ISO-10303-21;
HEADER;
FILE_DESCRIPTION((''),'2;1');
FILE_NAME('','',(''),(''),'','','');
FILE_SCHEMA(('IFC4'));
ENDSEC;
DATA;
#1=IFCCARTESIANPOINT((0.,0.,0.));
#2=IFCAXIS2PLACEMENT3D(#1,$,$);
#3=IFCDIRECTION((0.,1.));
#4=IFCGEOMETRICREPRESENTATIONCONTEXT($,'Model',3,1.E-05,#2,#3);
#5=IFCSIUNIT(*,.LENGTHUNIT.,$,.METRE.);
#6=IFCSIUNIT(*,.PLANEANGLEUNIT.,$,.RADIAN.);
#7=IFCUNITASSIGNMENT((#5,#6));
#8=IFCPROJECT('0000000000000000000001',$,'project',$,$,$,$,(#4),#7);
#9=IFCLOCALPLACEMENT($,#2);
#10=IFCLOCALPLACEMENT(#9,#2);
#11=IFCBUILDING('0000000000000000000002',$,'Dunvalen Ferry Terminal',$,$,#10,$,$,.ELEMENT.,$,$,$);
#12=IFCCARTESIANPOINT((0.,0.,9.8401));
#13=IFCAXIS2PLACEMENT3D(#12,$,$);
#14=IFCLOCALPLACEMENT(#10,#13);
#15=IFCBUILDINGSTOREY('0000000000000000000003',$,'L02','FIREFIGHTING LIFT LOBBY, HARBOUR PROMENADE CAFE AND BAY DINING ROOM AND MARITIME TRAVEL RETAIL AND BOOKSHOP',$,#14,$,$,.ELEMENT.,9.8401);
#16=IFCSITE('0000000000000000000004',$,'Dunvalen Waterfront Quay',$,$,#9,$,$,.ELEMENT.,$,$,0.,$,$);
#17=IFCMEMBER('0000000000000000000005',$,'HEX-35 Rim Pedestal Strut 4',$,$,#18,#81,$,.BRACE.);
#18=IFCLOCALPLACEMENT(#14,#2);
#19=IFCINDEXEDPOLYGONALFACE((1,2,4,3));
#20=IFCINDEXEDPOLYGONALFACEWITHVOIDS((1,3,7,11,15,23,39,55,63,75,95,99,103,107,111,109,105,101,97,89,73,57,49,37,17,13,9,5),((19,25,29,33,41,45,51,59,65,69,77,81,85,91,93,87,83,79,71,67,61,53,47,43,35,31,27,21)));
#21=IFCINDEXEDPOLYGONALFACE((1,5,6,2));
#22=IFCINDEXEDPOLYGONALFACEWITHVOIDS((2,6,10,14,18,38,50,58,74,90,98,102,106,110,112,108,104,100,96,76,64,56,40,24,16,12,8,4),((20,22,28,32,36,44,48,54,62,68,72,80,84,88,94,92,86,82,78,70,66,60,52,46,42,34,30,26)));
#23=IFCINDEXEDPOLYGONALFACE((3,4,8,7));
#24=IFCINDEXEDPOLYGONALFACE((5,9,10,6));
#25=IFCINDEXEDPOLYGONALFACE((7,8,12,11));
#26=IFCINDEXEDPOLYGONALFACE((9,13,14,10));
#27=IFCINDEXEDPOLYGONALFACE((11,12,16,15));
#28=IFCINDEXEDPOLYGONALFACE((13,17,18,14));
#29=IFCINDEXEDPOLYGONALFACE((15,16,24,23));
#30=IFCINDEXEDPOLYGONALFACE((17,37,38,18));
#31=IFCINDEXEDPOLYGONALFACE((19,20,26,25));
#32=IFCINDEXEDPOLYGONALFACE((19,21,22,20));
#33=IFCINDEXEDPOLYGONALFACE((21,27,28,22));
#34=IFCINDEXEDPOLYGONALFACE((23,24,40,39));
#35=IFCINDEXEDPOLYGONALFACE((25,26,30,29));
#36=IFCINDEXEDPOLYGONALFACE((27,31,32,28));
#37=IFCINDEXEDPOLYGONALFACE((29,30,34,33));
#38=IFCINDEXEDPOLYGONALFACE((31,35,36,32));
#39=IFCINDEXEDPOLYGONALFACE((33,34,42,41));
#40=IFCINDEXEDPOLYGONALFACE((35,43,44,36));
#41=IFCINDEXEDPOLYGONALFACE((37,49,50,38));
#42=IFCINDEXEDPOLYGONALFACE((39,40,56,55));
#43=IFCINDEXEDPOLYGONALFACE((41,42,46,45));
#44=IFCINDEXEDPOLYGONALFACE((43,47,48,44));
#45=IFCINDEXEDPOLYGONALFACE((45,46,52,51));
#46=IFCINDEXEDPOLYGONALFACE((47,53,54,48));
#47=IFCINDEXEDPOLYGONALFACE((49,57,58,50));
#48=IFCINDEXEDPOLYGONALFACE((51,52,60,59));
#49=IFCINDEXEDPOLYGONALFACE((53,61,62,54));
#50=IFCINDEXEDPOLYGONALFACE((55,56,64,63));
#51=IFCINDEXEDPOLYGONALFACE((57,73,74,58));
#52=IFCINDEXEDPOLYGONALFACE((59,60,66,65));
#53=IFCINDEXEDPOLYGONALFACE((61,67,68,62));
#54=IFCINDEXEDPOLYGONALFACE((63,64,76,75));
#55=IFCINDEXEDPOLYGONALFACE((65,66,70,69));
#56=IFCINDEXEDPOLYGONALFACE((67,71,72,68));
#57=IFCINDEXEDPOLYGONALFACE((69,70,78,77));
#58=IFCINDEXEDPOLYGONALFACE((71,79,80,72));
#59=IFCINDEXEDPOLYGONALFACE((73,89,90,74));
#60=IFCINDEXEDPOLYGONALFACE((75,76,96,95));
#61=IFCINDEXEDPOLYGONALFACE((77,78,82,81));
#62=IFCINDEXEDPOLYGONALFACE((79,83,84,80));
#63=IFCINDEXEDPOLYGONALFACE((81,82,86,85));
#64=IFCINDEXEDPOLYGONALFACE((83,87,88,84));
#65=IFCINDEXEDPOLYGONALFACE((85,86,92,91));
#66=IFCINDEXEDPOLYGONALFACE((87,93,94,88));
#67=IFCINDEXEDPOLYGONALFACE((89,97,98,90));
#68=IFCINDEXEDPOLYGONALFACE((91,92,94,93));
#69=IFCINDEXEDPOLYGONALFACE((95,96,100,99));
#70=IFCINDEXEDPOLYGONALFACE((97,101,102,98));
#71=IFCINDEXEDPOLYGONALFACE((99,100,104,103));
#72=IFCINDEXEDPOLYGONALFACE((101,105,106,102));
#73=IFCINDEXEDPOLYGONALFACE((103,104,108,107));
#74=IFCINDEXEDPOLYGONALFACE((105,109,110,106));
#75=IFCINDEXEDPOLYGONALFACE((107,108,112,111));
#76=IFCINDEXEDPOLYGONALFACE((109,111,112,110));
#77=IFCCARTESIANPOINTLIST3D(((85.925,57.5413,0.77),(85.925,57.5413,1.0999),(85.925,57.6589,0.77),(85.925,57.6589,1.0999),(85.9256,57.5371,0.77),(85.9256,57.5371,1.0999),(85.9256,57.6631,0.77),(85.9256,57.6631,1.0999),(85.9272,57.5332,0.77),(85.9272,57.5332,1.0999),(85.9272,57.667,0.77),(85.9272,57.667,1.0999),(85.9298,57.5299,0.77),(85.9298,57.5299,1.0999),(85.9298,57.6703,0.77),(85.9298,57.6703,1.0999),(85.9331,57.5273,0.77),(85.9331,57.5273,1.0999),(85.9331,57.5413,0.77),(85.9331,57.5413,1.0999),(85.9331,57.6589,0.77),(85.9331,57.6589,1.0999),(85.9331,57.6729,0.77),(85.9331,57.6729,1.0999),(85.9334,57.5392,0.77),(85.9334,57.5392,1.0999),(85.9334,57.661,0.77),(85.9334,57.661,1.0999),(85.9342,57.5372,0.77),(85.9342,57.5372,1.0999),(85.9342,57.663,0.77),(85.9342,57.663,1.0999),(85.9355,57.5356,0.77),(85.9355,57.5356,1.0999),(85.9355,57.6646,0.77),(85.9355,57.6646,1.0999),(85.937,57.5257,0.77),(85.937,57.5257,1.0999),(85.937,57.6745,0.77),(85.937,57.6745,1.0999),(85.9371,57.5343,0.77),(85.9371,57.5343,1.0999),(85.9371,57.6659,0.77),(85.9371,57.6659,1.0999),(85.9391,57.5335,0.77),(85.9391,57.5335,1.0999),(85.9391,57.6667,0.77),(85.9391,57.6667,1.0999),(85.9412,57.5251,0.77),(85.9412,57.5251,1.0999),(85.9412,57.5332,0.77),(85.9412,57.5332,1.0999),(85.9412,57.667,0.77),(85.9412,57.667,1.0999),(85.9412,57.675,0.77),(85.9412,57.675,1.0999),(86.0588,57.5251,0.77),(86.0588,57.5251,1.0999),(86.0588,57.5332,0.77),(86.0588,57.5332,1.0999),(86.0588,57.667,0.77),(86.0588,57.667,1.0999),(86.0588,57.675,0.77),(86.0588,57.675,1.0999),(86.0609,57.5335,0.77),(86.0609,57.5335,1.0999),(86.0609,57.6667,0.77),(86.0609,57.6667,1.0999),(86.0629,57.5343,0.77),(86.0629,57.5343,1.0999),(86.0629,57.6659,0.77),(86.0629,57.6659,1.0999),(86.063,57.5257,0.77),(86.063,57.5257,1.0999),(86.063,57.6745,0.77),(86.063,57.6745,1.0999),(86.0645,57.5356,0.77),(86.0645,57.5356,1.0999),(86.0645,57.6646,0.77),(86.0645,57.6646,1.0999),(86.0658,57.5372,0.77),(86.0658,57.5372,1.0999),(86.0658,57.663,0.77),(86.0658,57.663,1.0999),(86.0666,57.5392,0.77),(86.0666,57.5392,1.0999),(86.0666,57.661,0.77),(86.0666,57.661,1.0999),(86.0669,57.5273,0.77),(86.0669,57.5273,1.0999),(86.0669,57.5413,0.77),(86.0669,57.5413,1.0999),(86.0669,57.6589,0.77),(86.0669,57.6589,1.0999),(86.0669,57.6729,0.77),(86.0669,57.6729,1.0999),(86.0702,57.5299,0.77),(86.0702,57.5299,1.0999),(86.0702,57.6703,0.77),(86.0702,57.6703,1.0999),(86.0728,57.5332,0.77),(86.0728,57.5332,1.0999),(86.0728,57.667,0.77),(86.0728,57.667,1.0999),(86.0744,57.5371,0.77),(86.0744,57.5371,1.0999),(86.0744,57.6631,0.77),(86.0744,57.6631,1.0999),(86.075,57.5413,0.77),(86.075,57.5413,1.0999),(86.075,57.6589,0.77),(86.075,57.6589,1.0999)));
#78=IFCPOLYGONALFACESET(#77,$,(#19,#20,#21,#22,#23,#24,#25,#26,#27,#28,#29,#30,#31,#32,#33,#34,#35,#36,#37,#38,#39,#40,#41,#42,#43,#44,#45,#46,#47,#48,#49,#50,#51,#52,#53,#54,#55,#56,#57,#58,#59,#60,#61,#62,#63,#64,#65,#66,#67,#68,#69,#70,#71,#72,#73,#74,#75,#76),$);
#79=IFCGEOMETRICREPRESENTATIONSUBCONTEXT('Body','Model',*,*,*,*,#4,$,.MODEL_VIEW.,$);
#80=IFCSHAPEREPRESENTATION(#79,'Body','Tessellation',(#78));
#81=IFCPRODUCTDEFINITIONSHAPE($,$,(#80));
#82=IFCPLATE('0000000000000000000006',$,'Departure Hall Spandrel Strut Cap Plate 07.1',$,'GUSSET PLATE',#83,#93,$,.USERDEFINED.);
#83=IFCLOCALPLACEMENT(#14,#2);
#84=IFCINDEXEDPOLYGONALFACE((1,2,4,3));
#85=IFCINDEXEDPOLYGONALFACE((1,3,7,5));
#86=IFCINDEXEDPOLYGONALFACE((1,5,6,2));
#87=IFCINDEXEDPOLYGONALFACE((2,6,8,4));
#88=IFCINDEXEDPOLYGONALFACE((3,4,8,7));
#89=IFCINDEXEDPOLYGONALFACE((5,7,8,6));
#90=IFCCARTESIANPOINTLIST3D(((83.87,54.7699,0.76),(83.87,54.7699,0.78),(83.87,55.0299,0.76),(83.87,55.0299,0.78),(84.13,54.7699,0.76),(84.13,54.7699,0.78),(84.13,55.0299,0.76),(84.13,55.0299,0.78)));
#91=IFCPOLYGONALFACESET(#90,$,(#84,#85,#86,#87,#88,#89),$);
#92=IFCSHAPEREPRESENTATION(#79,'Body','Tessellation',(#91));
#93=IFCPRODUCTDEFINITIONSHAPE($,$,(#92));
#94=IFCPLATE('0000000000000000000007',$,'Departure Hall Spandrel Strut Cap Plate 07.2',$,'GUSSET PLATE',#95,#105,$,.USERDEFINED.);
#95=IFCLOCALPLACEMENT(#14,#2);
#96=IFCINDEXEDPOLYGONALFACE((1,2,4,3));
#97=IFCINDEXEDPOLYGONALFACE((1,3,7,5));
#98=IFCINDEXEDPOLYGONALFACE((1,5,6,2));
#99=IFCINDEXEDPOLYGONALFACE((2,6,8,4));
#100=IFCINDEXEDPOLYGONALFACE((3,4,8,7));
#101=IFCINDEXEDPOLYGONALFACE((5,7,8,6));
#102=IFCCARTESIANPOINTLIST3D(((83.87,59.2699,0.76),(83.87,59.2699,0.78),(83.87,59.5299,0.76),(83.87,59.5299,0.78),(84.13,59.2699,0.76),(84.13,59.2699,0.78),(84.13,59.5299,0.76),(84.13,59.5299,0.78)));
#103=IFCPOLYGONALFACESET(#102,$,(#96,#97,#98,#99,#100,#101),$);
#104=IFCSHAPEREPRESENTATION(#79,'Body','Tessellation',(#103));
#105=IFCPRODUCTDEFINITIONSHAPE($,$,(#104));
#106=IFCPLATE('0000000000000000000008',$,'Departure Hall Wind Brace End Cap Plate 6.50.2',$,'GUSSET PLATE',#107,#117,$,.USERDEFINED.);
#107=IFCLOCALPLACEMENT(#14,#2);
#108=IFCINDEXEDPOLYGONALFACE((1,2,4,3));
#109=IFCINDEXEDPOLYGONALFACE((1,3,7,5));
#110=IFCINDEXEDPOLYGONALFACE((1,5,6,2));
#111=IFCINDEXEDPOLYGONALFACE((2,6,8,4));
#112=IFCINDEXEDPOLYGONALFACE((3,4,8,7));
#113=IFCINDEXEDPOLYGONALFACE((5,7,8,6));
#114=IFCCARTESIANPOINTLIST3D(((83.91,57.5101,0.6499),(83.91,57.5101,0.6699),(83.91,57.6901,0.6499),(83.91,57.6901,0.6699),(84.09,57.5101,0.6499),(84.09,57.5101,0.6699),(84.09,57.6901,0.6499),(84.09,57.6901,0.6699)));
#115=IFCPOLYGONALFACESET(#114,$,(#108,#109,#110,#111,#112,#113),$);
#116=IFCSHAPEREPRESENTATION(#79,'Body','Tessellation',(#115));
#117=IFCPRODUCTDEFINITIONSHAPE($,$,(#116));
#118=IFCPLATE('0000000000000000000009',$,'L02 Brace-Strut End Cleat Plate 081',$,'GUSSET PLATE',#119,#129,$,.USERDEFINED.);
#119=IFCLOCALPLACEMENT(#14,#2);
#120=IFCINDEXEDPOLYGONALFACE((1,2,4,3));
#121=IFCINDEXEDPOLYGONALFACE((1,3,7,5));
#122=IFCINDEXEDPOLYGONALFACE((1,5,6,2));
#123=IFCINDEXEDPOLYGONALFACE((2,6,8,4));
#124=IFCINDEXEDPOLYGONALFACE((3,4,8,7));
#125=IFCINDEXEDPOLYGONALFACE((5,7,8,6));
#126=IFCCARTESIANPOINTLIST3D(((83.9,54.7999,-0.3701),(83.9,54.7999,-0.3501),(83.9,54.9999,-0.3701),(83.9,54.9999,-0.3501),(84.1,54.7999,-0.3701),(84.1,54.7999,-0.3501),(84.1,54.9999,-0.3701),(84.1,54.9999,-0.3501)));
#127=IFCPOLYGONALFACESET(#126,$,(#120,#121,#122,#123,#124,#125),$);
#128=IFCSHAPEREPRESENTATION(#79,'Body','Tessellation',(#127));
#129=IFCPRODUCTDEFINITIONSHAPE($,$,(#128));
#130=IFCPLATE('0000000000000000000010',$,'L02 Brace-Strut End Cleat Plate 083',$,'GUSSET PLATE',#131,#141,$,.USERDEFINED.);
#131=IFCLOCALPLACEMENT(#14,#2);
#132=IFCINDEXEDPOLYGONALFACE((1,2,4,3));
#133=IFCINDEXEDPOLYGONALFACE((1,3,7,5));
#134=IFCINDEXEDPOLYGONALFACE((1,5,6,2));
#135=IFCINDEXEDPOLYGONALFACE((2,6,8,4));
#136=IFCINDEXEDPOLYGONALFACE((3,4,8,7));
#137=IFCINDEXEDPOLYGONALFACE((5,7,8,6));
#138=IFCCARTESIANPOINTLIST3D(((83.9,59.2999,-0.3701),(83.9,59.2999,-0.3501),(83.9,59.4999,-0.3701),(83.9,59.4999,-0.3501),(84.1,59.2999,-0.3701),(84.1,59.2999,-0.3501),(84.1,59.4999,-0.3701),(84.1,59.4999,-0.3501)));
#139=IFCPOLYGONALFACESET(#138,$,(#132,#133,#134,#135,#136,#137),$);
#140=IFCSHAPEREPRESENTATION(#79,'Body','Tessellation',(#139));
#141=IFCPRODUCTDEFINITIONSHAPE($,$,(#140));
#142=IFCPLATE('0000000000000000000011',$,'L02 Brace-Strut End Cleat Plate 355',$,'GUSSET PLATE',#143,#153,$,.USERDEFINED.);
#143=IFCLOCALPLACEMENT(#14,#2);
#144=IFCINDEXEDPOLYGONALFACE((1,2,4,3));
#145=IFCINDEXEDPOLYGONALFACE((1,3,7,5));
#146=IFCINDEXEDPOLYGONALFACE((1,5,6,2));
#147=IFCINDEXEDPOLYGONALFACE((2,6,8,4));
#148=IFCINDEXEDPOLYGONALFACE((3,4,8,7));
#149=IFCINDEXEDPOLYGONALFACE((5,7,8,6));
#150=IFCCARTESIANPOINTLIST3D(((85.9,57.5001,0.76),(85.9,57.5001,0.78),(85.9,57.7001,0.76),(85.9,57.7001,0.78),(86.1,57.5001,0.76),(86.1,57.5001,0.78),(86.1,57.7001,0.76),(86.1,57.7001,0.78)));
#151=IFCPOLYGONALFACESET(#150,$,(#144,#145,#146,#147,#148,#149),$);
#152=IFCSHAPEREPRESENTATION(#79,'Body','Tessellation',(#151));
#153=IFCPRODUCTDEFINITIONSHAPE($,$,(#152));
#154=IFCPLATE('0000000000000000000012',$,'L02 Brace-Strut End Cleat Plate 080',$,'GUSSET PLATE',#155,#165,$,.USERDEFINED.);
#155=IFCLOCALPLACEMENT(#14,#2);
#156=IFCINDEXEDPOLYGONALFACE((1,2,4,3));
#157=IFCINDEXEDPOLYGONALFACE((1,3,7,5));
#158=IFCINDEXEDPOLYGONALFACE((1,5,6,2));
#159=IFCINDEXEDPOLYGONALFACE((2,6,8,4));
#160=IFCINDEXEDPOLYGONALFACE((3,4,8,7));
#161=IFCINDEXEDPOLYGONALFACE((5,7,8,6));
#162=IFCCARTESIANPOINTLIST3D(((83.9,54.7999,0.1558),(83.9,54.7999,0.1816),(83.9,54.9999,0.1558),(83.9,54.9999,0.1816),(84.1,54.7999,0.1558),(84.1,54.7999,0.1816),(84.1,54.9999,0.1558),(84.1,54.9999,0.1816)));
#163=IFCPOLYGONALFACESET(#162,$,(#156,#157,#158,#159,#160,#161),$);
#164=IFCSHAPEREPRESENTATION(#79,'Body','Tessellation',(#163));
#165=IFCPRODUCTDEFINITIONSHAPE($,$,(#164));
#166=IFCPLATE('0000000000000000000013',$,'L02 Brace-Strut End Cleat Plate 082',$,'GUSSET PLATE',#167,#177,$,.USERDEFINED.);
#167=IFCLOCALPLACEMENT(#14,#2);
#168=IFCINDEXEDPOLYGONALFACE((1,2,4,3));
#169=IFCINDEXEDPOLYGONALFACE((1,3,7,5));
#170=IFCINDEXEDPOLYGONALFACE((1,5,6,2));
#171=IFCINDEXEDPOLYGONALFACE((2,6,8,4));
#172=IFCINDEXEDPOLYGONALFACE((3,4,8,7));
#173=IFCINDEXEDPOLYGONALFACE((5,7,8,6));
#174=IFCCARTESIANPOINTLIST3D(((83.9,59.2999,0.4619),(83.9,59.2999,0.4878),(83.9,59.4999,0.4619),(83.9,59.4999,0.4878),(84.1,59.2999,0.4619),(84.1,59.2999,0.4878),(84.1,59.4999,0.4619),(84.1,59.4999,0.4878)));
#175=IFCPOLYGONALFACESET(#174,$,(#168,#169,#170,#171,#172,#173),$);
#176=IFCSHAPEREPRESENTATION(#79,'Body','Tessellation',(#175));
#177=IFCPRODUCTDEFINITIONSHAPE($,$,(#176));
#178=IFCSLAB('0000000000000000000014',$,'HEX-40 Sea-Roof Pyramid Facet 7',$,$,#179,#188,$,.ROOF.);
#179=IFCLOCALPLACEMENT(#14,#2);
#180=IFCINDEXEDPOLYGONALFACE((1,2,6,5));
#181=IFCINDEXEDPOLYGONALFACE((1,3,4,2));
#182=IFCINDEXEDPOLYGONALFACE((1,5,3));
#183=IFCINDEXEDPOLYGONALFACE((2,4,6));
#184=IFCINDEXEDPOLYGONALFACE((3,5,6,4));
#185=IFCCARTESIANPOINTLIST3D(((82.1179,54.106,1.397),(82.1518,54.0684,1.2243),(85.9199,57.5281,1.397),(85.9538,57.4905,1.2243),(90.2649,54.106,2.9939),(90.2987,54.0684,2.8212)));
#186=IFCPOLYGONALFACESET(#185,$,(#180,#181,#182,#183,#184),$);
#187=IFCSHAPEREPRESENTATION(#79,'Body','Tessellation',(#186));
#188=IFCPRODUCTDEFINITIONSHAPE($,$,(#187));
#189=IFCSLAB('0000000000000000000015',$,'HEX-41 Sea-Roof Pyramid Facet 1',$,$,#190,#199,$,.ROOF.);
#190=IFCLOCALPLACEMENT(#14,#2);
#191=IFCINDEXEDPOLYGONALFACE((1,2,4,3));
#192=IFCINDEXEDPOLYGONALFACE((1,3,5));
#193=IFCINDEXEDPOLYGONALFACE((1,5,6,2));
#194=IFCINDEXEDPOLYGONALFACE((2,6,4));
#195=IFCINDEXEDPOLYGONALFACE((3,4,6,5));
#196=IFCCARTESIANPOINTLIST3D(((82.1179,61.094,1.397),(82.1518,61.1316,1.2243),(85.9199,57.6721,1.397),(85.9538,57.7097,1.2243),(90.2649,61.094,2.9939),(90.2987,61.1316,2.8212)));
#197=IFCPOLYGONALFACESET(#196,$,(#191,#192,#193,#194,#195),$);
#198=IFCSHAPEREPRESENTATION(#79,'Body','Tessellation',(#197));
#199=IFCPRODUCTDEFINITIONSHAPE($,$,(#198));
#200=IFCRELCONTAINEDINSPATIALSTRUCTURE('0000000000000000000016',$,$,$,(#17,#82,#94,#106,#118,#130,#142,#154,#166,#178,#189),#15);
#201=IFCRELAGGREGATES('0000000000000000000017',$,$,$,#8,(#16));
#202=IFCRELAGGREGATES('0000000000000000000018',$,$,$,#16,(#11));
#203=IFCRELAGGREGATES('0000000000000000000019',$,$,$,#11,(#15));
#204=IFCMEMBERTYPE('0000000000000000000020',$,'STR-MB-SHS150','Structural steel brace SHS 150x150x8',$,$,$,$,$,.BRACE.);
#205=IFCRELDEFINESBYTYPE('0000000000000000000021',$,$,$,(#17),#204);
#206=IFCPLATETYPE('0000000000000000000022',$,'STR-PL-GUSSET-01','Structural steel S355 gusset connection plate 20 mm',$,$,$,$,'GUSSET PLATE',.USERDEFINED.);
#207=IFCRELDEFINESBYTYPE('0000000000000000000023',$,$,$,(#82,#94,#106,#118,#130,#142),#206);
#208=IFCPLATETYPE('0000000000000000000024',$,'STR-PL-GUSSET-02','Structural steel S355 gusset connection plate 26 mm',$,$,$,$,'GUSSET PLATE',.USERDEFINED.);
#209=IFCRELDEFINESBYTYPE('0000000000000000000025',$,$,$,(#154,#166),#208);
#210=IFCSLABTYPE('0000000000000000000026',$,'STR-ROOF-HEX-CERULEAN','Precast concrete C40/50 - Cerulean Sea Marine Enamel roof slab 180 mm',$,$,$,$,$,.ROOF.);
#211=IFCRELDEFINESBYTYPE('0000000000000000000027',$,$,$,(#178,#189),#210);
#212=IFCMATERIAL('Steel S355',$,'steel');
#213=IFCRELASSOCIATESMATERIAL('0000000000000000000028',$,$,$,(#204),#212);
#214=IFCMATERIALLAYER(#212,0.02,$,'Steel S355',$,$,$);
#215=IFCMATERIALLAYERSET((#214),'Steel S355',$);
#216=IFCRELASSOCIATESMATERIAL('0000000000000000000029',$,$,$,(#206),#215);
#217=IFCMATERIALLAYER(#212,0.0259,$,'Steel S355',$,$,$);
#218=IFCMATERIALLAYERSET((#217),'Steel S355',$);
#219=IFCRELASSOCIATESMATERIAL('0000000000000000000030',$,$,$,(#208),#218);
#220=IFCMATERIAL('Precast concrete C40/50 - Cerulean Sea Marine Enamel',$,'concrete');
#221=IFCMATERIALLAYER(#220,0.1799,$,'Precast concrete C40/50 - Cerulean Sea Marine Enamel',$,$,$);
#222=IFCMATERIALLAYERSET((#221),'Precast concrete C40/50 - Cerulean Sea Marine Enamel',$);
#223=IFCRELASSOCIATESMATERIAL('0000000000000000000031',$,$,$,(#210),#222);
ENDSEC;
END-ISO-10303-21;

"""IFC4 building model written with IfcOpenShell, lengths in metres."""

from ifc_helpers import new_model, si_unit, direction, frame, origin, origin_2d, place, context, subcontext, project, spatial, polyline, rectangle, hollow_rectangle, outline, extrude, material, layer, layer_set, material_profile, profile_set, type_object, element, save


model = new_model("IFC4")

# Units and contexts
model_context = context("Model", 3, precision=1e-05, world=origin(), true_north=direction((0.0, 1.0)))
body_context = subcontext(model_context, "Body", "Model", "MODEL_VIEW")
ifc_project = project(units=[si_unit("LENGTHUNIT", "METRE"), si_unit("PLANEANGLEUNIT", "RADIAN")], contexts=[model_context])

# Site, building, storey
site_placement = place(None, origin())
site = spatial("IfcSite", under=ifc_project, at=site_placement, Name="Dunvalen Waterfront Quay", CompositionType="ELEMENT", RefElevation=0.0)
building_placement = place(site_placement, origin())
building = spatial("IfcBuilding", under=site, at=building_placement, Name="Dunvalen Ferry Terminal", CompositionType="ELEMENT")
storey_placement = place(building_placement, frame((0.0, 0.0, 9.8401)))
storey = spatial("IfcBuildingStorey", under=building, at=storey_placement, Name="L02", Description="FIREFIGHTING LIFT LOBBY, HARBOUR PROMENADE CAFE AND BAY DINING ROOM AND MARITIME TRAVEL RETAIL AND BOOKSHOP", CompositionType="ELEMENT", Elevation=9.8401)

# Shared definitions
ifc_material_1 = material(Name="Steel S355", Category="steel")

# Member
ifc_material_profile_1 = material_profile(ifc_material_1, hollow_rectangle(XDim=0.1499, YDim=0.1499, WallThickness=0.0081, InnerFilletRadius=0.0081, OuterFilletRadius=0.0161, at=origin_2d()), Name="Steel S355")
ifc_profile_set_1 = profile_set([ifc_material_profile_1], Name="Steel S355")
member_type_1 = type_object("IfcMemberType", Name="STR-MB-SHS150", Description="Structural steel brace SHS 150x150x8", PredefinedType="BRACE", material=ifc_profile_set_1)
member_1_placement = place(storey_placement, frame((86.0, 57.6001, 0.77), z_axis=(0.0, 0.0, 1.0), x_axis=(1.0, 0.0, 0.0)))
element("IfcMember", 1, at=member_1_placement, inside=storey, type_object=member_type_1, Name="HEX-35 Rim Pedestal Strut 4", PredefinedType="BRACE", context=body_context, shape_type="SweptSolid", body=[
    extrude(hollow_rectangle(XDim=0.1499, YDim=0.1499, WallThickness=0.0081, InnerFilletRadius=0.0081, OuterFilletRadius=0.0161, at=origin_2d()), origin(), (0.0, 0.0, 1.0), 0.3298),
])

# Plates
ifc_layer_1 = layer(ifc_material_1, 0.02, Name="Steel S355")
ifc_layer_set_1 = layer_set([ifc_layer_1], Name="Steel S355")
plate_type_1 = type_object("IfcPlateType", Name="STR-PL-GUSSET-01", Description="Structural steel S355 gusset connection plate 20 mm", ElementType="GUSSET PLATE", PredefinedType="USERDEFINED", material=ifc_layer_set_1)
for number, where, z_axis, x_axis, name in (
    (2, (84.0, 54.8999, 0.76), (0.0, 0.0, 1.0), (1.0, 0.0, 0.0), "Departure Hall Spandrel Strut Cap Plate 07.1"),
    (3, (84.0, 59.3999, 0.76), (0.0, 0.0, 1.0), (1.0, 0.0, 0.0), "Departure Hall Spandrel Strut Cap Plate 07.2"),
):
    element("IfcPlate", number, at=place(storey_placement, frame(where, z_axis=z_axis, x_axis=x_axis)), inside=storey, type_object=plate_type_1, Name=name, ObjectType="GUSSET PLATE", PredefinedType="USERDEFINED", context=body_context, shape_type="SweptSolid", body=[
        extrude(rectangle(XDim=0.26, YDim=0.26, at=origin_2d()), origin(), (0.0, 0.0, 1.0), 0.02),
    ])
plate_placement = place(storey_placement, frame((84.0, 57.6001, 0.6499), z_axis=(0.0, 0.0, 1.0), x_axis=(1.0, 0.0, 0.0)))
element("IfcPlate", 4, at=plate_placement, inside=storey, type_object=plate_type_1, Name="Departure Hall Wind Brace End Cap Plate 6.50.2", ObjectType="GUSSET PLATE", PredefinedType="USERDEFINED", context=body_context, shape_type="SweptSolid", body=[
    extrude(rectangle(XDim=0.1799, YDim=0.1799, at=origin_2d()), origin(), (0.0, 0.0, 1.0), 0.02),
])
for number, where, z_axis, x_axis, name in (
    (5, (84.0, 54.8999, -0.3701), (0.0, 0.0, 1.0), (1.0, 0.0, 0.0), "L02 Brace-Strut End Cleat Plate 081"),
    (6, (84.0, 59.3999, -0.3701), (0.0, 0.0, 1.0), (1.0, 0.0, 0.0), "L02 Brace-Strut End Cleat Plate 083"),
    (7, (86.0, 57.6001, 0.76), (0.0, 0.0, 1.0), (1.0, 0.0, 0.0), "L02 Brace-Strut End Cleat Plate 355"),
):
    element("IfcPlate", number, at=place(storey_placement, frame(where, z_axis=z_axis, x_axis=x_axis)), inside=storey, type_object=plate_type_1, Name=name, ObjectType="GUSSET PLATE", PredefinedType="USERDEFINED", context=body_context, shape_type="SweptSolid", body=[
        extrude(rectangle(XDim=0.2, YDim=0.2, at=origin_2d()), origin(), (0.0, 0.0, 1.0), 0.02),
    ])
ifc_layer_2 = layer(ifc_material_1, 0.0259, Name="Steel S355")
ifc_layer_set_2 = layer_set([ifc_layer_2], Name="Steel S355")
plate_type_2 = type_object("IfcPlateType", Name="STR-PL-GUSSET-02", Description="Structural steel S355 gusset connection plate 26 mm", ElementType="GUSSET PLATE", PredefinedType="USERDEFINED", material=ifc_layer_set_2)
for number, where, z_axis, x_axis, name in (
    (8, (84.0, 54.8999, 0.1558), (0.0, 0.0, 1.0), (1.0, 0.0, 0.0), "L02 Brace-Strut End Cleat Plate 080"),
    (9, (84.0, 59.3999, 0.4619), (0.0, 0.0, 1.0), (1.0, 0.0, 0.0), "L02 Brace-Strut End Cleat Plate 082"),
):
    element("IfcPlate", number, at=place(storey_placement, frame(where, z_axis=z_axis, x_axis=x_axis)), inside=storey, type_object=plate_type_2, Name=name, ObjectType="GUSSET PLATE", PredefinedType="USERDEFINED", context=body_context, shape_type="SweptSolid", body=[
        extrude(rectangle(XDim=0.2, YDim=0.2, at=origin_2d()), origin(), (0.0, 0.0, 1.0), 0.0259),
    ])

# Slabs
ifc_material_2 = material(Name="Precast concrete C40/50 - Cerulean Sea Marine Enamel", Category="concrete")
ifc_layer_3 = layer(ifc_material_2, 0.1799, Name="Precast concrete C40/50 - Cerulean Sea Marine Enamel")
ifc_layer_set_3 = layer_set([ifc_layer_3], Name="Precast concrete C40/50 - Cerulean Sea Marine Enamel")
slab_type_1 = type_object("IfcSlabType", Name="STR-ROOF-HEX-CERULEAN", Description="Precast concrete C40/50 - Cerulean Sea Marine Enamel roof slab 180 mm", PredefinedType="ROOF", material=ifc_layer_set_3)
slab_1_placement = place(storey_placement, frame((85.9199, 57.5281, 1.397), z_axis=(-0.188106, 0.208988, 0.959656), x_axis=(-0.743263, -0.668999, 0.0)))
element("IfcSlab", 10, at=slab_1_placement, inside=storey, type_object=slab_type_1, Name="HEX-40 Sea-Roof Pyramid Facet 7", PredefinedType="ROOF", context=body_context, shape_type="SweptSolid", body=[
    extrude(outline(polyline([(0.0, 0.0), (5.1153, 0.0), (-0.9401, 5.6794), (0.0, 0.0)])), origin(), (0.0, 0.0, -1.0), 0.1799),
])
slab_2_placement = place(storey_placement, frame((82.1179, 61.094, 1.397), z_axis=(-0.188106, -0.209002, 0.959653), x_axis=(0.743287, -0.668973, 0.0)))
element("IfcSlab", 11, at=slab_2_placement, inside=storey, type_object=slab_type_1, Name="HEX-41 Sea-Roof Pyramid Facet 1", PredefinedType="ROOF", context=body_context, shape_type="SweptSolid", body=[
    extrude(outline(polyline([(0.0, 0.0), (5.1151, 0.0), (6.0555, 5.6792), (0.0, 0.0)])), origin(), (0.0, 0.0, -1.0), 0.1799),
])

save(model, "model.ifc")
